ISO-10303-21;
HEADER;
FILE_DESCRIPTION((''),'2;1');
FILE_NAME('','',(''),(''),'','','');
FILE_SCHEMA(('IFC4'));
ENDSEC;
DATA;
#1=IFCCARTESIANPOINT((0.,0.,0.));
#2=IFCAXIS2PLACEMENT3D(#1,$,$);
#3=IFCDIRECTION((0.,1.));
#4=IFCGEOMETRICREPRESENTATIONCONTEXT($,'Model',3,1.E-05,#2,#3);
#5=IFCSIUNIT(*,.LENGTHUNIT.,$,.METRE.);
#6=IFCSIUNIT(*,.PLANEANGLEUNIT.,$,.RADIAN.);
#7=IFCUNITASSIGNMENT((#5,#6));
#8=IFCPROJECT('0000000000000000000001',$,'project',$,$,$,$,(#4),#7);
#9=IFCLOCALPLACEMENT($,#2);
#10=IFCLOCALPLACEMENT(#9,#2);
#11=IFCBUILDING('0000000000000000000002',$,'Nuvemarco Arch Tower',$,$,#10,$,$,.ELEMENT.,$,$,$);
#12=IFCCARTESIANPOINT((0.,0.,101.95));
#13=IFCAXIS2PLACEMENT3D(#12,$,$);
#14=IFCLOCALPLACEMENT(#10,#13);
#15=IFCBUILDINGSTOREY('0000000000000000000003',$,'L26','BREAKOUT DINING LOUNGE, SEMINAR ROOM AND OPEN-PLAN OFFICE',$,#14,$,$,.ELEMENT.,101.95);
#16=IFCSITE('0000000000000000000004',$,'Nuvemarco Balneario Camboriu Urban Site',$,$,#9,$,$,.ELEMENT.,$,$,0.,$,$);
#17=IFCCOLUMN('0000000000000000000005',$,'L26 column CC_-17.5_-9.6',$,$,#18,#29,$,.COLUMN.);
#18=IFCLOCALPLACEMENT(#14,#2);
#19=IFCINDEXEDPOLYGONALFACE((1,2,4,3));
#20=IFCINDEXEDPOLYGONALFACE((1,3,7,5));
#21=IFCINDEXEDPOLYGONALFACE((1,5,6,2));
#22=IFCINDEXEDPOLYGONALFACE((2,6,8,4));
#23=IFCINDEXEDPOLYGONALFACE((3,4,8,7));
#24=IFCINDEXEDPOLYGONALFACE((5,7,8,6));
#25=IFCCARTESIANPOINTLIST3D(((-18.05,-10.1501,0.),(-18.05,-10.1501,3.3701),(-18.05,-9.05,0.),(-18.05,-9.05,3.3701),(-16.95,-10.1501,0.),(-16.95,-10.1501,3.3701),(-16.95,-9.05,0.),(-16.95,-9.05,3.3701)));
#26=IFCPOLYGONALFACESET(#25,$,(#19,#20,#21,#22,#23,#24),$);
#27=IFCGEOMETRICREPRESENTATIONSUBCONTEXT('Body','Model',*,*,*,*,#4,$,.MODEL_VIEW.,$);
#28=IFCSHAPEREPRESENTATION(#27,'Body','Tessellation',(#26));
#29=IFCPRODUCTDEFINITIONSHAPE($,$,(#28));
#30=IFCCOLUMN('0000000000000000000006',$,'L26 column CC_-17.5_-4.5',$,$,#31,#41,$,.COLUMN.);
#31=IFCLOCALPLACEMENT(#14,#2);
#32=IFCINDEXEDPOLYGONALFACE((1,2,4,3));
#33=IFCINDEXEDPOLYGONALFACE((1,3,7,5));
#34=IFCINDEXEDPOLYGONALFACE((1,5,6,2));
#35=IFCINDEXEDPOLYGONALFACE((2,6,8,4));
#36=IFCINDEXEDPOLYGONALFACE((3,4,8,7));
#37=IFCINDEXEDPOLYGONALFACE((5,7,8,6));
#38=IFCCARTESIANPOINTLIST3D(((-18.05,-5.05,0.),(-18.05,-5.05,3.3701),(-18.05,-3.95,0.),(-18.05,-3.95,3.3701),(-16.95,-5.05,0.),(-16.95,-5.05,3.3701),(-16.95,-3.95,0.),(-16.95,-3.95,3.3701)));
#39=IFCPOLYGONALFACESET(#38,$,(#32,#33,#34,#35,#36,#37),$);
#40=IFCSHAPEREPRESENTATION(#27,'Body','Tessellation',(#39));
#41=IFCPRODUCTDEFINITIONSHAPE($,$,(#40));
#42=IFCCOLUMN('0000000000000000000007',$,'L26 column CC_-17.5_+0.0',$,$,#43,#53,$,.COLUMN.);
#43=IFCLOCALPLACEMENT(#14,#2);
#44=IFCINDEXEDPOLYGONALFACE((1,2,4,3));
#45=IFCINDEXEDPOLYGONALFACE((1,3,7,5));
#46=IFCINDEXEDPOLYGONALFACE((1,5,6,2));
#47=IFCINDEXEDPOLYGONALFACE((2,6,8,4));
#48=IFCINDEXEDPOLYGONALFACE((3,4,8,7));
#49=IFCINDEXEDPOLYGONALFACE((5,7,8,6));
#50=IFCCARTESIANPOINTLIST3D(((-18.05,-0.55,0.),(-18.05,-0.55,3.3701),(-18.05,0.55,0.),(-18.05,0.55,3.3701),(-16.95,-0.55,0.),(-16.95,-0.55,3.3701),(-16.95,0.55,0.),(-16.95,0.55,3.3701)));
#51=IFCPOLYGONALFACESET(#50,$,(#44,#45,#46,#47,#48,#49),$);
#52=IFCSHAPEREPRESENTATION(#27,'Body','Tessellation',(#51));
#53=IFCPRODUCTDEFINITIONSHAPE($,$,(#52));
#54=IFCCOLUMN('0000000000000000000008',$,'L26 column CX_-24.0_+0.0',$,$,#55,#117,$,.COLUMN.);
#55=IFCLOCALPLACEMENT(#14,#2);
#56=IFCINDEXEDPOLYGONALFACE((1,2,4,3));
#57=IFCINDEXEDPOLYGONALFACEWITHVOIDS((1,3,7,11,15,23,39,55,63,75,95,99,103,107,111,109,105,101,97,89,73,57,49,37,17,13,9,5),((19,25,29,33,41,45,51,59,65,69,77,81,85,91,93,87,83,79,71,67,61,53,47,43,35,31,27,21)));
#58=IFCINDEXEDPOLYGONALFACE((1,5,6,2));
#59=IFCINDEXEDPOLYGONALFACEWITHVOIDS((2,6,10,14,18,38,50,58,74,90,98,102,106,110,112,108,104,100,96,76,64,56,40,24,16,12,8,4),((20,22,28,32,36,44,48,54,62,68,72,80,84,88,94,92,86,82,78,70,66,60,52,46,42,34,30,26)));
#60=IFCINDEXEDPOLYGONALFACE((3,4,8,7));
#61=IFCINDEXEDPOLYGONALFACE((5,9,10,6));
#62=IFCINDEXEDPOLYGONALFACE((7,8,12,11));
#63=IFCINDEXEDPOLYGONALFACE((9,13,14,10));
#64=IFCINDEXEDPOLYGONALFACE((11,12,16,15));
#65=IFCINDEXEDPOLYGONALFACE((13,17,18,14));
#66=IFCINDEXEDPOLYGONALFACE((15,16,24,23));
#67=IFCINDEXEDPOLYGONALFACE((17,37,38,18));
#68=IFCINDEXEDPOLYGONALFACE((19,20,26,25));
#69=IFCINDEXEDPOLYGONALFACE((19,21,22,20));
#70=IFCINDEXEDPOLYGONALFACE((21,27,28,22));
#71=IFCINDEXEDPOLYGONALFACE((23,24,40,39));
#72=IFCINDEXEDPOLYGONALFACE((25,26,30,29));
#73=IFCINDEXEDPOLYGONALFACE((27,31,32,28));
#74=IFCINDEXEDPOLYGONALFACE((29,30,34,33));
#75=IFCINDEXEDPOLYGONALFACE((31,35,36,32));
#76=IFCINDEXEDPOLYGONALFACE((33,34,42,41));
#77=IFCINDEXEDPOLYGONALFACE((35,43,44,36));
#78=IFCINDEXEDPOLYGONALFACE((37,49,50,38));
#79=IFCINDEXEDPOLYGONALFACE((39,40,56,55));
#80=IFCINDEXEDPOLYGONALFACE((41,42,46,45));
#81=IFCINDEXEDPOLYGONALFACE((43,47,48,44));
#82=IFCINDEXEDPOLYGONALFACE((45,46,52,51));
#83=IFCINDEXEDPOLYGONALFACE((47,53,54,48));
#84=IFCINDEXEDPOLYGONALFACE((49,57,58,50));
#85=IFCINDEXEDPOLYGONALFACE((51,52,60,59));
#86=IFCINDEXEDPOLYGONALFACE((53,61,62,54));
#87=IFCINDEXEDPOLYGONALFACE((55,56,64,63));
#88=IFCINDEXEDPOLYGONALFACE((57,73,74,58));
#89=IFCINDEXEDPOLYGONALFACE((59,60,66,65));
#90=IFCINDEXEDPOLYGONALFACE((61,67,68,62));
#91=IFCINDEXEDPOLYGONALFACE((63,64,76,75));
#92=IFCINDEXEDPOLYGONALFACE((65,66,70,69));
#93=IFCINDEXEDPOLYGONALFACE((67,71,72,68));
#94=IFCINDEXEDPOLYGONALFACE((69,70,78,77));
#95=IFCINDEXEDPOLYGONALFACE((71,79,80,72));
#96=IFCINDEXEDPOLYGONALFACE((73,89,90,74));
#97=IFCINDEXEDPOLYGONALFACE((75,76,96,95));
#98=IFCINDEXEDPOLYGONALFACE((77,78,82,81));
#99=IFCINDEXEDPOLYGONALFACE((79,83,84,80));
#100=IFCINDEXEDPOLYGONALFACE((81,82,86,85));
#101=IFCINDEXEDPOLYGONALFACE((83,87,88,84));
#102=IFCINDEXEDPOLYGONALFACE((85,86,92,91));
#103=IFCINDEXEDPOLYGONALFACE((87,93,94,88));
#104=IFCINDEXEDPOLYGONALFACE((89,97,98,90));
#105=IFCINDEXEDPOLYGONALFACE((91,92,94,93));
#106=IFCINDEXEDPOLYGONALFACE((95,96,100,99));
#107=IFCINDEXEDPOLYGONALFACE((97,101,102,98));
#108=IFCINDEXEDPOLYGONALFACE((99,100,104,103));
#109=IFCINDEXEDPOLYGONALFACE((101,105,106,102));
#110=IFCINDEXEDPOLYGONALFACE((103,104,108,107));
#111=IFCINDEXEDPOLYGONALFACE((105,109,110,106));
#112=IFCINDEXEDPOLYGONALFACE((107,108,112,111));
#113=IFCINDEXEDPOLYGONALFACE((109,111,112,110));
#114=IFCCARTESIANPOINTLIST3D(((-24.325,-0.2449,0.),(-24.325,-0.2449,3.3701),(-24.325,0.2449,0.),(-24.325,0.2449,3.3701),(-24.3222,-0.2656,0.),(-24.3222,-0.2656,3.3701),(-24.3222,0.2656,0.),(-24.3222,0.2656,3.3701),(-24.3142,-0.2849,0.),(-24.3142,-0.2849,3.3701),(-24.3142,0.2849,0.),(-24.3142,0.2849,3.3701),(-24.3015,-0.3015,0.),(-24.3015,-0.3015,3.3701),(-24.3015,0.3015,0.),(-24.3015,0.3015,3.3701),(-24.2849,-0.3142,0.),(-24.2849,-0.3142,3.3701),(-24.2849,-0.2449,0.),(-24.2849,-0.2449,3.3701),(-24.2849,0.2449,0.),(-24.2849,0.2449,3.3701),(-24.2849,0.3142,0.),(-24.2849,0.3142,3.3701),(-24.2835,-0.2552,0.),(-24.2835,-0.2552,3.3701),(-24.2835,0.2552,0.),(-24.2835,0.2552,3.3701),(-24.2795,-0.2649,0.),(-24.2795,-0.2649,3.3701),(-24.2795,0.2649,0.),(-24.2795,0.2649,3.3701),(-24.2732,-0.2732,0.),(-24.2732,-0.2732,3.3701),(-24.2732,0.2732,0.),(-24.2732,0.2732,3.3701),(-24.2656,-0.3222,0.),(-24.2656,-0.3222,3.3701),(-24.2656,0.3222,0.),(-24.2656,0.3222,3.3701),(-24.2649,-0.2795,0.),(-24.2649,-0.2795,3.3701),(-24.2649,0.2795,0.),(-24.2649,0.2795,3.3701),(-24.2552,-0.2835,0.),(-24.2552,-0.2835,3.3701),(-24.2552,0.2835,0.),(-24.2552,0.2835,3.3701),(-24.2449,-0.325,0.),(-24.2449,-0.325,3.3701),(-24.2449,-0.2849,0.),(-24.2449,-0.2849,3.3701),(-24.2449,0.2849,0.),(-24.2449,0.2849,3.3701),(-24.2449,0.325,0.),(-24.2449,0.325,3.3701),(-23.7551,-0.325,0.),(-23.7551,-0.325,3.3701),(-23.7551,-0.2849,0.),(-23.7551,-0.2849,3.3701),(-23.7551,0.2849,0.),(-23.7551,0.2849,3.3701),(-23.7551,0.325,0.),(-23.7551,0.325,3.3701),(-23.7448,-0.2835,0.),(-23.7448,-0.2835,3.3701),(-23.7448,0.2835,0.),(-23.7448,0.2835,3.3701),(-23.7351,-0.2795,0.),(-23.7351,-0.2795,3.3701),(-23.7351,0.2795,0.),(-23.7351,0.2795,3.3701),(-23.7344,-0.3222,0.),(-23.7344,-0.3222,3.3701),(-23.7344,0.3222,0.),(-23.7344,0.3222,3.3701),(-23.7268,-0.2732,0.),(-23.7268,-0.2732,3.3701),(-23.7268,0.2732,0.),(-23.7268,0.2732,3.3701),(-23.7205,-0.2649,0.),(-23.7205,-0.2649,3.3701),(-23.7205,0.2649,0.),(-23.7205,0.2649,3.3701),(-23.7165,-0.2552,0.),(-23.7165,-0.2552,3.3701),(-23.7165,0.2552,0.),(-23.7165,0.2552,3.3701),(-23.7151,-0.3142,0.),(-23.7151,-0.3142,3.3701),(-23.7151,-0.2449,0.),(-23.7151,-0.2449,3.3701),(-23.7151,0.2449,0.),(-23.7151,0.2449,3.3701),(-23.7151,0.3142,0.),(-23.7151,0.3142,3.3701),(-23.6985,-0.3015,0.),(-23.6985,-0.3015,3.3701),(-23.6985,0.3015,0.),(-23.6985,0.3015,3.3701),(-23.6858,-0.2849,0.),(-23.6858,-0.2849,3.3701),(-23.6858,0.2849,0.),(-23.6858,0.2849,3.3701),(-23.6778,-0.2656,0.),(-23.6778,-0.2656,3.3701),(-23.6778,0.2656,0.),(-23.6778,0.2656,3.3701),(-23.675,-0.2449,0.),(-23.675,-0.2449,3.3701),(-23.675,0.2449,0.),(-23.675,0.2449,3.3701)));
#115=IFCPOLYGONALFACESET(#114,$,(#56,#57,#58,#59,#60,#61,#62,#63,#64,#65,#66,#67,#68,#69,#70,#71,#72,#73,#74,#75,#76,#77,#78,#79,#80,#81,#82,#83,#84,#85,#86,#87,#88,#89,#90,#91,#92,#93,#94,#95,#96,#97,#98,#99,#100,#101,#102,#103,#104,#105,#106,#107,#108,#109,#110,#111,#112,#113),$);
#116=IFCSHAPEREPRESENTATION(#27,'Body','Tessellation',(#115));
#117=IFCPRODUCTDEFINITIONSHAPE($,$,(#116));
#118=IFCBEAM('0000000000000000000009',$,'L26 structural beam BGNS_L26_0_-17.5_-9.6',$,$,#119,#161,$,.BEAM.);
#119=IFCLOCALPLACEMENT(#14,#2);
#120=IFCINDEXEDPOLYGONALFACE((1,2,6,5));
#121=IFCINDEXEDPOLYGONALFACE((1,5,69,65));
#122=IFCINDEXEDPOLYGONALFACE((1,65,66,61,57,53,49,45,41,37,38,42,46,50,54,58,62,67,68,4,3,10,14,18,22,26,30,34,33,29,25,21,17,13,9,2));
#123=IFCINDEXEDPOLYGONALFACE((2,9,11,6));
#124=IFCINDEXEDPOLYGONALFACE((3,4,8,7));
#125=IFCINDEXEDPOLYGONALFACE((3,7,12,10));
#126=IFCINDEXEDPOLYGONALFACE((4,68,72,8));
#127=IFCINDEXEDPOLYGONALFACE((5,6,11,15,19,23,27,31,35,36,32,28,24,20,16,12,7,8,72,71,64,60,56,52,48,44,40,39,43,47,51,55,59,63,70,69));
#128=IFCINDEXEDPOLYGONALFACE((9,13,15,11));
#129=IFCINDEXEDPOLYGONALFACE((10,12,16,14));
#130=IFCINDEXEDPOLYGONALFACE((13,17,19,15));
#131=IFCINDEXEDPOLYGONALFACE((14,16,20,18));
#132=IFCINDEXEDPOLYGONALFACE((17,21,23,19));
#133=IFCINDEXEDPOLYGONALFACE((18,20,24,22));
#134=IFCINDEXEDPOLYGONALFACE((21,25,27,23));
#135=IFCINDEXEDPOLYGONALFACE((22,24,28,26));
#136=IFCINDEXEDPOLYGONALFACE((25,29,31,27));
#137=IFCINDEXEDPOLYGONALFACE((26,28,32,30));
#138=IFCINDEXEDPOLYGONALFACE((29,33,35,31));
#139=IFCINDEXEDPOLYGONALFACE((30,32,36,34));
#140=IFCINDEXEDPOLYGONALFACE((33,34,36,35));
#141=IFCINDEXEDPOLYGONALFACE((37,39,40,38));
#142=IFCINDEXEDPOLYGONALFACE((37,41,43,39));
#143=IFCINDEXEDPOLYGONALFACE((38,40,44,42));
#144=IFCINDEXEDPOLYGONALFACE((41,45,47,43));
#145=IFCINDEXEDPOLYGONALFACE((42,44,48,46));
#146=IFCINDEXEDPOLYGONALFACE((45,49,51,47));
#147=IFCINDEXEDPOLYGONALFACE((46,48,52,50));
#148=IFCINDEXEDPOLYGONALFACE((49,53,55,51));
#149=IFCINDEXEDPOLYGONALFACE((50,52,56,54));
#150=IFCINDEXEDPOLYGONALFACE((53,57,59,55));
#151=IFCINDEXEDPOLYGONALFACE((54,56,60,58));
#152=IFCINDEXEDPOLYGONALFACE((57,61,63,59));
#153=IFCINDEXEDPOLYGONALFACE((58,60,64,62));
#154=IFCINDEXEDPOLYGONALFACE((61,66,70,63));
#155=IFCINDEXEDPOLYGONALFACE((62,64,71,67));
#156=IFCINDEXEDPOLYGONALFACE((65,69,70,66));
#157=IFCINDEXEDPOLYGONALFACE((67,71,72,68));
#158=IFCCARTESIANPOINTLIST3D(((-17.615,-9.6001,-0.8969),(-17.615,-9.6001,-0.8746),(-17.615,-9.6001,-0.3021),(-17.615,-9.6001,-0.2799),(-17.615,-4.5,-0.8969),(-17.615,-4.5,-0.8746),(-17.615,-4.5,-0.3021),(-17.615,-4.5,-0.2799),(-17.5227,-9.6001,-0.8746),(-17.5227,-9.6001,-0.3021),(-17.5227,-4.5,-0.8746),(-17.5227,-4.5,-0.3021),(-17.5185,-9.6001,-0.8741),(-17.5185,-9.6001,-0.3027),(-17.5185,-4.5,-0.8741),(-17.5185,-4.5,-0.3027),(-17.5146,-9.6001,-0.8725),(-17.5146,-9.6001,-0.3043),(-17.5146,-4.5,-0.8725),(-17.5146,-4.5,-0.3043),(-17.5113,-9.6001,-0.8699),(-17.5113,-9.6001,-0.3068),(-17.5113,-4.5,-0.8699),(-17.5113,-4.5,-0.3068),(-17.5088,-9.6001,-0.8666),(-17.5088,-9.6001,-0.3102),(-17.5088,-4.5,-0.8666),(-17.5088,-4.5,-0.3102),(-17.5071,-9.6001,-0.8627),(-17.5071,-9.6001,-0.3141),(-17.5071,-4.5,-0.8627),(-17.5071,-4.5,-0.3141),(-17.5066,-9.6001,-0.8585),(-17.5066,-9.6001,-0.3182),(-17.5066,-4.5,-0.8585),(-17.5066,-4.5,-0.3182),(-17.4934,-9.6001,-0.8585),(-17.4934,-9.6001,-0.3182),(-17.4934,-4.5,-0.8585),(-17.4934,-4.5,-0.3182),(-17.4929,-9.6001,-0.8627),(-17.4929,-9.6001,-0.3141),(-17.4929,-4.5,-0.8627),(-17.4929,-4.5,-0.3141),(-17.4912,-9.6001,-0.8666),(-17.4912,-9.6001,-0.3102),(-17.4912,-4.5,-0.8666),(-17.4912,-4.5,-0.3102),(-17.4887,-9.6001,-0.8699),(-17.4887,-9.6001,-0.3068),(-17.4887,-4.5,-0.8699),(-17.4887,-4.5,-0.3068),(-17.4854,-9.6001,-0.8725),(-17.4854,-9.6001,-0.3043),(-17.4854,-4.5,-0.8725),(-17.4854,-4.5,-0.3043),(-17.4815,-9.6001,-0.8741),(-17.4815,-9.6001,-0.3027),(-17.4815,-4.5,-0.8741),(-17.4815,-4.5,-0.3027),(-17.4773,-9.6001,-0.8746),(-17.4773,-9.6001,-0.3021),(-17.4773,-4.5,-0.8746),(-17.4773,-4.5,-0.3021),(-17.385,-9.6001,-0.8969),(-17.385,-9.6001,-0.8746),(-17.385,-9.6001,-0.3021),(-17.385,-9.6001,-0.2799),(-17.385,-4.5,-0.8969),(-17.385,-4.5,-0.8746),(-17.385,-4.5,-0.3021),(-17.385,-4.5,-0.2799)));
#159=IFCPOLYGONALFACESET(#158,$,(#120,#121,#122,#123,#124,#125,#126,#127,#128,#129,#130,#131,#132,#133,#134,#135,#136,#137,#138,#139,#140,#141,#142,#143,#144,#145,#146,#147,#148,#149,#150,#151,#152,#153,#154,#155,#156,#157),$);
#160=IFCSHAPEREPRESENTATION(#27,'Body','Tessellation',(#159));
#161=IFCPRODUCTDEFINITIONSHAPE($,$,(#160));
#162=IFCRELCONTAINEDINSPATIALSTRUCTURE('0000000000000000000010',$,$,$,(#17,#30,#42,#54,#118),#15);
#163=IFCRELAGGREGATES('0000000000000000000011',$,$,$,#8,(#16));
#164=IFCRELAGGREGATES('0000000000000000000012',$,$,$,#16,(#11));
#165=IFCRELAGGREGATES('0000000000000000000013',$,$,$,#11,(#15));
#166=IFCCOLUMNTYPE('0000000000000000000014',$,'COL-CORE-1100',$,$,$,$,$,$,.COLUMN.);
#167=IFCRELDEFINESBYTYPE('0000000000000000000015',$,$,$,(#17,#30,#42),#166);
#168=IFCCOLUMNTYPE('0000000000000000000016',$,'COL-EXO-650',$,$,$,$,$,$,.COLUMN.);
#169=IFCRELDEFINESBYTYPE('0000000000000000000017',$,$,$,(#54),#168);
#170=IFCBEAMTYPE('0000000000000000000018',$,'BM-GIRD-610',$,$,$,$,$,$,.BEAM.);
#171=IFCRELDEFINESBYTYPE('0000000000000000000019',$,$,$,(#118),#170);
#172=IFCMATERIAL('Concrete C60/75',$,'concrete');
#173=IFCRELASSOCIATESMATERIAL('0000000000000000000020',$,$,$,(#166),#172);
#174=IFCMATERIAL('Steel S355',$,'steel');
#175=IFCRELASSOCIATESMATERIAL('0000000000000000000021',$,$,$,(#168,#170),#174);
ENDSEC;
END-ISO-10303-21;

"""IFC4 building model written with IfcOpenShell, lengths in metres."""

from ifc_helpers import new_model, si_unit, direction, frame, origin, origin_2d, place, context, subcontext, project, spatial, rectangle, hollow_rectangle, i_section, extrude, material, material_profile, profile_set, type_object, element, save


model = new_model("IFC4")

# Units and contexts
model_context = context("Model", 3, precision=1e-05, world=origin(), true_north=direction((0.0, 1.0)))
body_context = subcontext(model_context, "Body", "Model", "MODEL_VIEW")
ifc_project = project(units=[si_unit("LENGTHUNIT", "METRE"), si_unit("PLANEANGLEUNIT", "RADIAN")], contexts=[model_context])

# Site, building, storey
site_placement = place(None, origin())
site = spatial("IfcSite", under=ifc_project, at=site_placement, Name="Nuvemarco Balneario Camboriu Urban Site", CompositionType="ELEMENT", RefElevation=0.0)
building_placement = place(site_placement, origin())
building = spatial("IfcBuilding", under=site, at=building_placement, Name="Nuvemarco Arch Tower", CompositionType="ELEMENT")
storey_placement = place(building_placement, frame((0.0, 0.0, 101.95)))
storey = spatial("IfcBuildingStorey", under=building, at=storey_placement, Name="L26", Description="BREAKOUT DINING LOUNGE, SEMINAR ROOM AND OPEN-PLAN OFFICE", CompositionType="ELEMENT", Elevation=101.95)

# Columns
ifc_material_1 = material(Name="Concrete C60/75", Category="concrete")
ifc_material_profile_1 = material_profile(ifc_material_1, rectangle(XDim=1.1001, YDim=1.1001, at=origin_2d()), Name="RC-COL-1100x1100")
ifc_profile_set_1 = profile_set([ifc_material_profile_1], Name="Concrete C60/75")
column_type_1 = type_object("IfcColumnType", Name="COL-CORE-1100", PredefinedType="COLUMN", material=ifc_profile_set_1)
for number, where, z_axis, x_axis, name in (
    (1, (-17.5, -9.6001, 0.0), (0.0, 0.0, 1.0), (1.0, 0.0, 0.0), "L26 column CC_-17.5_-9.6"),
    (2, (-17.5, -4.5, 0.0), (0.0, 0.0, 1.0), (1.0, 0.0, 0.0), "L26 column CC_-17.5_-4.5"),
    (3, (-17.5, 0.0, 0.0), (0.0, 0.0, 1.0), (1.0, 0.0, 0.0), "L26 column CC_-17.5_+0.0"),
):
    element("IfcColumn", number, at=place(storey_placement, frame(where, z_axis=z_axis, x_axis=x_axis)), inside=storey, type_object=column_type_1, Name=name, PredefinedType="COLUMN", context=body_context, shape_type="SweptSolid", body=[
        extrude(rectangle(XDim=1.1001, YDim=1.1001, at=origin_2d()), origin(), (0.0, 0.0, 1.0), 3.3701),
    ])
ifc_material_2 = material(Name="Steel S355", Category="steel")
ifc_material_profile_2 = material_profile(ifc_material_2, hollow_rectangle(XDim=0.6499, YDim=0.6499, WallThickness=0.04, InnerFilletRadius=0.04, OuterFilletRadius=0.0801, at=origin_2d()), Name="SHS650x650x40")
ifc_profile_set_2 = profile_set([ifc_material_profile_2], Name="Steel S355")
column_type_2 = type_object("IfcColumnType", Name="COL-EXO-650", PredefinedType="COLUMN", material=ifc_profile_set_2)
column_placement = place(storey_placement, frame((-24.0, 0.0, 0.0), z_axis=(0.0, 0.0, 1.0), x_axis=(1.0, 0.0, 0.0)))
element("IfcColumn", 4, at=column_placement, inside=storey, type_object=column_type_2, Name="L26 column CX_-24.0_+0.0", PredefinedType="COLUMN", context=body_context, shape_type="SweptSolid", body=[
    extrude(hollow_rectangle(XDim=0.6499, YDim=0.6499, WallThickness=0.04, InnerFilletRadius=0.04, OuterFilletRadius=0.0801, at=origin_2d()), origin(), (0.0, 0.0, 1.0), 3.3701),
])

# Beam
ifc_material_profile_3 = material_profile(ifc_material_2, i_section(OverallWidth=0.23, OverallDepth=0.6169, WebThickness=0.0132, FlangeThickness=0.0222, FilletRadius=0.0161, at=origin_2d()), Name="W610x140")
ifc_profile_set_3 = profile_set([ifc_material_profile_3], Name="Steel S355")
beam_type_1 = type_object("IfcBeamType", Name="BM-GIRD-610", PredefinedType="BEAM", material=ifc_profile_set_3)
beam_1_placement = place(storey_placement, frame((-17.5, -9.6001, -0.5884), z_axis=(0.0, 1.0, 0.0), x_axis=(-1.0, 0.0, 0.0)))
element("IfcBeam", 5, at=beam_1_placement, inside=storey, type_object=beam_type_1, Name="L26 structural beam BGNS_L26_0_-17.5_-9.6", PredefinedType="BEAM", context=body_context, shape_type="SweptSolid", body=[
    extrude(i_section(OverallWidth=0.23, OverallDepth=0.6169, WebThickness=0.0132, FlangeThickness=0.0222, FilletRadius=0.0161, at=origin_2d()), origin(), (0.0, 0.0, 1.0), 5.1001),
])

save(model, "model.ifc")
